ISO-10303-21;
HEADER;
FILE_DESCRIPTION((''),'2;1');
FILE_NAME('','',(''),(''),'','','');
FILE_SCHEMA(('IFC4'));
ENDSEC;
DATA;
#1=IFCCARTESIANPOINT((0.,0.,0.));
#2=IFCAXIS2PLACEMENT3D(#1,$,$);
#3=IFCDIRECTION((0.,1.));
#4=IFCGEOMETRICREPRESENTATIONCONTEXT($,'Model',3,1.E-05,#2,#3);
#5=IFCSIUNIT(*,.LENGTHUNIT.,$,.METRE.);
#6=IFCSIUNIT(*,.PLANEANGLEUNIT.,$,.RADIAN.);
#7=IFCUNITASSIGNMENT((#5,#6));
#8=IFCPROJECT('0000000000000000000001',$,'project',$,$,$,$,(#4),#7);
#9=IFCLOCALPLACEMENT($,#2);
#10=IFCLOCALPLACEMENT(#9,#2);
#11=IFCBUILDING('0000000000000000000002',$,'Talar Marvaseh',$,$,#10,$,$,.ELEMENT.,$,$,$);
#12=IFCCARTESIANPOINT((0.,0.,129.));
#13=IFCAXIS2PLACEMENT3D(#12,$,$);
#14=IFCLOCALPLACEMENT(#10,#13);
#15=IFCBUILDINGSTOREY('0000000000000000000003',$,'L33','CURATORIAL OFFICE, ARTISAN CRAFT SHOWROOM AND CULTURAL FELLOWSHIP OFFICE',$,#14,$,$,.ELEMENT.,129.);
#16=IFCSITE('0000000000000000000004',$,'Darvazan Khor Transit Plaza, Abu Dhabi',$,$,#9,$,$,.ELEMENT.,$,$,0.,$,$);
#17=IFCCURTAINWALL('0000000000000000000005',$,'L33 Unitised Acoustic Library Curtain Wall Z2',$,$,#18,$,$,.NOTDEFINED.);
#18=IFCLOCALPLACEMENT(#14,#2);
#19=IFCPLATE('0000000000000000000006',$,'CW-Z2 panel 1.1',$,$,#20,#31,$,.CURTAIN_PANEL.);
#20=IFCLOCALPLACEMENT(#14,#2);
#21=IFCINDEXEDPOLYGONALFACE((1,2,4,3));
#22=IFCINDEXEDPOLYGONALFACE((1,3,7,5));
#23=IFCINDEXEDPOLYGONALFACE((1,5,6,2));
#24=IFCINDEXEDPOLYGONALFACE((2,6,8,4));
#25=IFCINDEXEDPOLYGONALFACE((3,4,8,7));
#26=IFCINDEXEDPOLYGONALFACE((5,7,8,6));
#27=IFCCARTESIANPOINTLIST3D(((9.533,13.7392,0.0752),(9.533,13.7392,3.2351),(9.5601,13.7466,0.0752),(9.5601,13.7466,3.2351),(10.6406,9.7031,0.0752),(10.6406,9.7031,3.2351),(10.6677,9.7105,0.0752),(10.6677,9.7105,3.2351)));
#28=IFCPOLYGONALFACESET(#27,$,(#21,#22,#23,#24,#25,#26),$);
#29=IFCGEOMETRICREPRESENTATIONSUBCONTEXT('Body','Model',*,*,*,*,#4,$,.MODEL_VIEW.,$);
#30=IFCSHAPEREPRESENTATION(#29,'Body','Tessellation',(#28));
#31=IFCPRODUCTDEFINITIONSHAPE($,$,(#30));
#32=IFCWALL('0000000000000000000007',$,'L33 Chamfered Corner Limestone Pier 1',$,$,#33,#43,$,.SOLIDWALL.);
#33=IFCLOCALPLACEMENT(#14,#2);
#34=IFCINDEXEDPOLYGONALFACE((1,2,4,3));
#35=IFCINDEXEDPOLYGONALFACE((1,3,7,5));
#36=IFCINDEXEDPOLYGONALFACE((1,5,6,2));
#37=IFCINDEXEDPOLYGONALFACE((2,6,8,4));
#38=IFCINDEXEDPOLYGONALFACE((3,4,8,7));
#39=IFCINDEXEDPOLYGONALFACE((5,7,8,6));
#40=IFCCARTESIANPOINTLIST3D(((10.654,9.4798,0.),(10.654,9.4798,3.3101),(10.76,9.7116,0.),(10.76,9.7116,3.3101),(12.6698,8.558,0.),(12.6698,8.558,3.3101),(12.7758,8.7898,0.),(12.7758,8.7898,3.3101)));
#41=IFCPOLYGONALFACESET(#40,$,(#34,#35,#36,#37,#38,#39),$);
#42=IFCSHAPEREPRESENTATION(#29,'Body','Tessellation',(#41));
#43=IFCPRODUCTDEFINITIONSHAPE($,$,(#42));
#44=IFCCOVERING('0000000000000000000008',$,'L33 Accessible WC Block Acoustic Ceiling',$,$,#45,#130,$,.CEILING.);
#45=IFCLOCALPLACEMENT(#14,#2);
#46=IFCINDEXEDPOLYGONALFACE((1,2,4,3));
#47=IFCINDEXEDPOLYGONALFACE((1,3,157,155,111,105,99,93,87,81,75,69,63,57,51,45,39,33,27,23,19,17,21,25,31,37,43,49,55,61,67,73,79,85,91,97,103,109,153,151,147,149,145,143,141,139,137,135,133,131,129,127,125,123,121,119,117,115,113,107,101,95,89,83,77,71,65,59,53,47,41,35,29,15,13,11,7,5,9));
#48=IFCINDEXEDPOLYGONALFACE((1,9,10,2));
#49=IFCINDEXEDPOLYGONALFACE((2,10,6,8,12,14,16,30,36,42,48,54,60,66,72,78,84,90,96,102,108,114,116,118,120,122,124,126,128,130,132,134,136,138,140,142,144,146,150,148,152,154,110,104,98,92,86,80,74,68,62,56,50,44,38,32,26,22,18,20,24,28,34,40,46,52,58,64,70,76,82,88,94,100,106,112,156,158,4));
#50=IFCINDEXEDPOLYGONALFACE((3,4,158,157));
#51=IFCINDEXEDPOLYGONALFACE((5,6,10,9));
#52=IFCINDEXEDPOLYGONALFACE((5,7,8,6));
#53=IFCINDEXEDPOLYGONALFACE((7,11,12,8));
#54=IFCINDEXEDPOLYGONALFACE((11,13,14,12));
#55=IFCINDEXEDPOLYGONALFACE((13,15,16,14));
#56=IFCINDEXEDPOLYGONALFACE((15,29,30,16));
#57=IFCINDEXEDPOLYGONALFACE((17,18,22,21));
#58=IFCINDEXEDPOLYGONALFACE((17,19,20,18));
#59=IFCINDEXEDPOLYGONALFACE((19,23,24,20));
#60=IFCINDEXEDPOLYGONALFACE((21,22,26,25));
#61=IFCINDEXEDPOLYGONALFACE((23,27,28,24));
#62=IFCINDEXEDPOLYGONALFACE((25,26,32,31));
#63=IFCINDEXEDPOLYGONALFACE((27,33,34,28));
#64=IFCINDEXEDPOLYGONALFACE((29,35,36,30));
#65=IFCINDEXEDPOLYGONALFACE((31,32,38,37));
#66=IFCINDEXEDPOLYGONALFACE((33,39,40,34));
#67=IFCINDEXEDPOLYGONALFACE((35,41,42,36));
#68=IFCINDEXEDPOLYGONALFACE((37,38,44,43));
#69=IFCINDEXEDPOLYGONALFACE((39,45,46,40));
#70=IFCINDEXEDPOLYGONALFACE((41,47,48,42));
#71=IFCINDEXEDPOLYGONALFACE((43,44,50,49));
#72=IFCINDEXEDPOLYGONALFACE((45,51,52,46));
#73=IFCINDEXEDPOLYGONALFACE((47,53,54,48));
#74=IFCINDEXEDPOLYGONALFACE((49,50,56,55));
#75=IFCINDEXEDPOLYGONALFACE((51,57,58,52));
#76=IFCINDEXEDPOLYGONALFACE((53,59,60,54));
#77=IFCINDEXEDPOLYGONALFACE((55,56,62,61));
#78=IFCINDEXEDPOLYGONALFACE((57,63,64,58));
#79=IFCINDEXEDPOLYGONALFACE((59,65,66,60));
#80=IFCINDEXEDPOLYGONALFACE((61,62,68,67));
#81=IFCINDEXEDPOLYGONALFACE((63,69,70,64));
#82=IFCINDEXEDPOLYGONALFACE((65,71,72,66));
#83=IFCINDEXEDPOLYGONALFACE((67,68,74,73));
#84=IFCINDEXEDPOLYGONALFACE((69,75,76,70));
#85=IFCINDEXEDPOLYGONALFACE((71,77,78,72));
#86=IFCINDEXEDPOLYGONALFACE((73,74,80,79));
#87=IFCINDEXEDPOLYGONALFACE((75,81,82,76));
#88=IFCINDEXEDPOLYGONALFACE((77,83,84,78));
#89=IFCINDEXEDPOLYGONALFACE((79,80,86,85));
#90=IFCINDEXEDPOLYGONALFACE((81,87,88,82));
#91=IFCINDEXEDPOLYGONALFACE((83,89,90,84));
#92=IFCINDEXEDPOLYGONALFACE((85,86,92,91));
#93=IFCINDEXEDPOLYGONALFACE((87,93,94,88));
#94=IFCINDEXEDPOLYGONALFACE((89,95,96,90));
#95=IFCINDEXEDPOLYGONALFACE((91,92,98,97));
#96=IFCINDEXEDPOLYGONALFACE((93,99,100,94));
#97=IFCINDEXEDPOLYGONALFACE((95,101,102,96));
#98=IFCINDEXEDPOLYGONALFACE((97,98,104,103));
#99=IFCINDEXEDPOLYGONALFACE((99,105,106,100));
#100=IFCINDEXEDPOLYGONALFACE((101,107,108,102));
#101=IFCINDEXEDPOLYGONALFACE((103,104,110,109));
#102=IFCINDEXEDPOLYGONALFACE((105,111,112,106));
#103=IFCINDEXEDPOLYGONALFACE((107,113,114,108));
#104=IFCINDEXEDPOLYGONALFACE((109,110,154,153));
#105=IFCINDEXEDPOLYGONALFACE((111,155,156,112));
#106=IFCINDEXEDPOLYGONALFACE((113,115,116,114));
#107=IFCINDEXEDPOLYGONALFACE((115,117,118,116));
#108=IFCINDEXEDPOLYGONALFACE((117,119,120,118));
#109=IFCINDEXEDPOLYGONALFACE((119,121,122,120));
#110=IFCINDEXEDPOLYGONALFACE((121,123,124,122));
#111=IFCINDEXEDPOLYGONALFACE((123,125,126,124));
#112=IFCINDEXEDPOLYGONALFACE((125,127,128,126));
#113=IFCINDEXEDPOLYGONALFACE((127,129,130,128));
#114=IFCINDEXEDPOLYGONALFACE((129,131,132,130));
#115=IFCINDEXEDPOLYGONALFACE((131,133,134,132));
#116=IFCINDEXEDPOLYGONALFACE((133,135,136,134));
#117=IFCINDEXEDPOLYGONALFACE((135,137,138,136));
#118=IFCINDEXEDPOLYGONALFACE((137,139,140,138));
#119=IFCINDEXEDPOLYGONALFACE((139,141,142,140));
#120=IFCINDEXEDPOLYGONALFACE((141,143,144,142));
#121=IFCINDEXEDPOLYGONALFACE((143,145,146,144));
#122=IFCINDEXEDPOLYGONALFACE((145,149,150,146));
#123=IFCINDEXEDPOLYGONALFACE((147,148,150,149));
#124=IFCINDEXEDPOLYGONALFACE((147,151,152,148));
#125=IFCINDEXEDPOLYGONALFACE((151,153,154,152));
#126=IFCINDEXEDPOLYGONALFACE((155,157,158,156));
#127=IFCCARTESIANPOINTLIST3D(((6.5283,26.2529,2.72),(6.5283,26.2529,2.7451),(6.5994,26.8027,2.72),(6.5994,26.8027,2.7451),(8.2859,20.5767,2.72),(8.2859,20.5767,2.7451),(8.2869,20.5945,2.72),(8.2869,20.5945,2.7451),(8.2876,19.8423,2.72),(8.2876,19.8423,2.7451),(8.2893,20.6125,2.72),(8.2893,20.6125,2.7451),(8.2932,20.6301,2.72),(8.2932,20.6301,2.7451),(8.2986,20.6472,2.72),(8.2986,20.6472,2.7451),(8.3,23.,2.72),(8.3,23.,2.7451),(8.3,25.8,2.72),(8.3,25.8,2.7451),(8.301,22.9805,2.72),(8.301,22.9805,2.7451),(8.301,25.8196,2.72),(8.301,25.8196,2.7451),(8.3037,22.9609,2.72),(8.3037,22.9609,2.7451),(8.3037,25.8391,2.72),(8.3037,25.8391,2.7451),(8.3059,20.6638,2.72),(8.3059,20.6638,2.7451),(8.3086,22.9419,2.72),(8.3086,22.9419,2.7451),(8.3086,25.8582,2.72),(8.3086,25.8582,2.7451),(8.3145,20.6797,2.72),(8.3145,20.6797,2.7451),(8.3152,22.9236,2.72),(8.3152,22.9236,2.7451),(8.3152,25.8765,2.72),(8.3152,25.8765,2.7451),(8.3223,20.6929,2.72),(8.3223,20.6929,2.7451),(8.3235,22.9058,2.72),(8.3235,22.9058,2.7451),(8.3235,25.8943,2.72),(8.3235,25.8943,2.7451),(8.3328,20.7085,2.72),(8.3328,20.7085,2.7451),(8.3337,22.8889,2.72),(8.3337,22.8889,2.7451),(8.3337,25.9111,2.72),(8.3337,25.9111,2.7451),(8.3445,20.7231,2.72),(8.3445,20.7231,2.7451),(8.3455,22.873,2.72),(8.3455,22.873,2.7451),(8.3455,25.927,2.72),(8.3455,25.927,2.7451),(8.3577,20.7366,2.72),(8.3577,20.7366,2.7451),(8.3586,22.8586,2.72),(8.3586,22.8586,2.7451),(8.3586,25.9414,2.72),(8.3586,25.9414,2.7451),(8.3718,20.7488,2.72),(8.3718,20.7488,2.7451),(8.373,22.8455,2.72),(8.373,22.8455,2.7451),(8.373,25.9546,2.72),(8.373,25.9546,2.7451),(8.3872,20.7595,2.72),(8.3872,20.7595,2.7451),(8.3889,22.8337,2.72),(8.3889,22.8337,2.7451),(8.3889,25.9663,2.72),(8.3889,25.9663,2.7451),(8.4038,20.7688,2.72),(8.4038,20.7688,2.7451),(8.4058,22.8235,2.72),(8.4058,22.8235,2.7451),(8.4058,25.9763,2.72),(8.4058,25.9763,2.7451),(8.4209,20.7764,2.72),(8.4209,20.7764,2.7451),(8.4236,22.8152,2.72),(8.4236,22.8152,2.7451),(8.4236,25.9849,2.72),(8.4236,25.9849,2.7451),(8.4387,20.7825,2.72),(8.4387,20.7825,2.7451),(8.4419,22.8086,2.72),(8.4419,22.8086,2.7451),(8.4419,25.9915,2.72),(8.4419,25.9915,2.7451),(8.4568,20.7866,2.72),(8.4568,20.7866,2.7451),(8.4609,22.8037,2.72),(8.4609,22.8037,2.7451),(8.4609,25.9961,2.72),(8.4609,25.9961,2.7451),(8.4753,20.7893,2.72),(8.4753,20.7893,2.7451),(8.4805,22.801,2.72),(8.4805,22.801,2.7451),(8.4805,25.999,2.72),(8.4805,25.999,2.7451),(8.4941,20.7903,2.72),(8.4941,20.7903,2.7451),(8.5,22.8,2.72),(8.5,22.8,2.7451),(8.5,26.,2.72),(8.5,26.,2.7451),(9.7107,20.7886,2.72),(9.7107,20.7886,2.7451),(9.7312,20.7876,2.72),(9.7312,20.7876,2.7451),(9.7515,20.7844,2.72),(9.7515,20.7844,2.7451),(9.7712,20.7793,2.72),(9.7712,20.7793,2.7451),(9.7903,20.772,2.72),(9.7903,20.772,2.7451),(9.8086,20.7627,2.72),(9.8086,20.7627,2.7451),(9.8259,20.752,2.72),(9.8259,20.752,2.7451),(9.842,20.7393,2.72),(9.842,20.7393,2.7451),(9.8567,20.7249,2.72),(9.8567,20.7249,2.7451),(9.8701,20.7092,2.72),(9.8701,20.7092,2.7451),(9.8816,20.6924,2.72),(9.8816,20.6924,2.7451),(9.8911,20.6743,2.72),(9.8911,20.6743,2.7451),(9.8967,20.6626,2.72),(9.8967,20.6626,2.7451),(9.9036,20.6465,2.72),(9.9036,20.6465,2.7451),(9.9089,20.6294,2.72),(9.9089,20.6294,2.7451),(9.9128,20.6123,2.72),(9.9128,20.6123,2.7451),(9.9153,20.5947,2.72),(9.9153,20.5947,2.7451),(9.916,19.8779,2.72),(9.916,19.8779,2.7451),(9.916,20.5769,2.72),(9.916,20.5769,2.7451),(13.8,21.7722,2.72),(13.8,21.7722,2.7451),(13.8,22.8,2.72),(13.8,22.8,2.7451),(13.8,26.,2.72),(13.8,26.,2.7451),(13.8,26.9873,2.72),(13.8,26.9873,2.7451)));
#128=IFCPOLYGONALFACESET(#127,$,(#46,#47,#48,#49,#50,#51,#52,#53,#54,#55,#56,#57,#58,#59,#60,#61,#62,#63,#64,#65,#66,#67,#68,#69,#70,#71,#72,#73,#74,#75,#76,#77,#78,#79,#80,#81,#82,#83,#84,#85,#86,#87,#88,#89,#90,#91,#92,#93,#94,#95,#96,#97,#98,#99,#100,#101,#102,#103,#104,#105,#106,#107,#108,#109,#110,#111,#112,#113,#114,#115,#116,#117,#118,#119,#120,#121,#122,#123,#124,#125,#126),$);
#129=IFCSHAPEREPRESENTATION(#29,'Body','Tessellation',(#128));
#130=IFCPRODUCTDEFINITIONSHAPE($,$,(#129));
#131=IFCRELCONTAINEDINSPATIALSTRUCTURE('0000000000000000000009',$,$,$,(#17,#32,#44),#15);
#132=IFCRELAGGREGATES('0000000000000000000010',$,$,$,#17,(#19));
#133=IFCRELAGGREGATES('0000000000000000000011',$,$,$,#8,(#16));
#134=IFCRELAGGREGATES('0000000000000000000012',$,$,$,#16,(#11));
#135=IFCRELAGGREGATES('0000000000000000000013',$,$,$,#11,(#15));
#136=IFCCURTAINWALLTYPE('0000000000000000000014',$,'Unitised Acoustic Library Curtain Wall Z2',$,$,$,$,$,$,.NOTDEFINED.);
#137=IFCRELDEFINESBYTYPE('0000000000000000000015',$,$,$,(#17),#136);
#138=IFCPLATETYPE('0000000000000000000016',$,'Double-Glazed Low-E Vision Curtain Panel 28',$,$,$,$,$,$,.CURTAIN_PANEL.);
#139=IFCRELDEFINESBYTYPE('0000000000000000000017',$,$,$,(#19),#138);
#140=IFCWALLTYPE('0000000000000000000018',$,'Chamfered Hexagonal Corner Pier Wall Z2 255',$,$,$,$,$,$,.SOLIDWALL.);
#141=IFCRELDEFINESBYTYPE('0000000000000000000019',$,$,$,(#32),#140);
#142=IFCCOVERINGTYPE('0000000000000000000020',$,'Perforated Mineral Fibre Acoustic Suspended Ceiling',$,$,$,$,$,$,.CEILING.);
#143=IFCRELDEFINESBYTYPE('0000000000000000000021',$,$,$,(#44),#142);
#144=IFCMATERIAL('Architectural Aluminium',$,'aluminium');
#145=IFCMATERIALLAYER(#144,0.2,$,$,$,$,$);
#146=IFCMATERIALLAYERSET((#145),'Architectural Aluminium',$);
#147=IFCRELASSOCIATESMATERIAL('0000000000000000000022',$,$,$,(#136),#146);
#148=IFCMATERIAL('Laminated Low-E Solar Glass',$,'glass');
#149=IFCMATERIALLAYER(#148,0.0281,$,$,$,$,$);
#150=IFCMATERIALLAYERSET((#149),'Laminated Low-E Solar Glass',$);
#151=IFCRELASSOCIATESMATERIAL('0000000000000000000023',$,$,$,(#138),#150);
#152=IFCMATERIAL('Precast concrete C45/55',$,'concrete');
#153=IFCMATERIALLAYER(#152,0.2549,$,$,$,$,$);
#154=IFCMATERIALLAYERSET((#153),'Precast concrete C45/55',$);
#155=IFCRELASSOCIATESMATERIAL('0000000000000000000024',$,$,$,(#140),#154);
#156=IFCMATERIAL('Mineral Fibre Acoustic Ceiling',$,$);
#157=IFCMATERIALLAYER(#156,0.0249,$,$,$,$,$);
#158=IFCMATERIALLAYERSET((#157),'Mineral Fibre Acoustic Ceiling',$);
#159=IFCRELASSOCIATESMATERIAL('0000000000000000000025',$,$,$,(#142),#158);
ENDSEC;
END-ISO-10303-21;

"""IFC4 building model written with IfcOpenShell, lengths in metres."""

from ifc_helpers import new_model, si_unit, direction, frame, frame_2d, origin, origin_2d, place, context, subcontext, project, spatial, polyline, rectangle, outline, extrude, source, transform, mapped, material, layer, layer_set, type_object, type_shapes, element, aggregate, save


model = new_model("IFC4")

# Units and contexts
model_context = context("Model", 3, precision=1e-05, world=origin(), true_north=direction((0.0, 1.0)))
body_context = subcontext(model_context, "Body", "Model", "MODEL_VIEW")
ifc_project = project(units=[si_unit("LENGTHUNIT", "METRE"), si_unit("PLANEANGLEUNIT", "RADIAN")], contexts=[model_context])

# Site, building, storey
site_placement = place(None, origin())
site = spatial("IfcSite", under=ifc_project, at=site_placement, Name="Darvazan Khor Transit Plaza, Abu Dhabi", CompositionType="ELEMENT", RefElevation=0.0)
building_placement = place(site_placement, origin())
building = spatial("IfcBuilding", under=site, at=building_placement, Name="Talar Marvaseh", CompositionType="ELEMENT")
storey_placement = place(building_placement, frame((0.0, 0.0, 129.0)))
storey = spatial("IfcBuildingStorey", under=building, at=storey_placement, Name="L33", Description="CURATORIAL OFFICE, ARTISAN CRAFT SHOWROOM AND CULTURAL FELLOWSHIP OFFICE", CompositionType="ELEMENT", Elevation=129.0)

# Curtain wall
ifc_material_1 = material(Name="Architectural Aluminium", Category="aluminium")
ifc_layer_1 = layer(ifc_material_1, 0.2)
ifc_layer_set_1 = layer_set([ifc_layer_1], Name="Architectural Aluminium")
curtain_wall_type = type_object("IfcCurtainWallType", Name="Unitised Acoustic Library Curtain Wall Z2", PredefinedType="NOTDEFINED", material=ifc_layer_set_1)
curtain_wall_1_placement = place(storey_placement, origin())
curtain_wall_1 = element("IfcCurtainWall", 1, at=curtain_wall_1_placement, inside=storey, type_object=curtain_wall_type, Name="L33 Unitised Acoustic Library Curtain Wall Z2", PredefinedType="NOTDEFINED")

# Plate
ifc_material_2 = material(Name="Laminated Low-E Solar Glass", Category="glass")
ifc_layer_2 = layer(ifc_material_2, 0.0281)
ifc_layer_set_2 = layer_set([ifc_layer_2], Name="Laminated Low-E Solar Glass")
plate_type = type_object("IfcPlateType", Name="Double-Glazed Low-E Vision Curtain Panel 28", PredefinedType="CURTAIN_PANEL", material=ifc_layer_set_2)
shared_shape_1 = source(origin(), body_context, "Body", "SweptSolid", [
    extrude(rectangle(XDim=4.1853, YDim=0.0281, at=origin_2d()), origin(), (0.0, 0.0, 1.0), 3.1599),
])
type_shapes(plate_type, [shared_shape_1])
plate_placement = place(storey_placement, frame((10.1003, 11.7249, 0.0752), z_axis=(0.0, 0.0, 1.0), x_axis=(-0.264647, 0.964345, 0.0)))
plate = element("IfcPlate", 2, at=plate_placement, type_object=plate_type, Name="CW-Z2 panel 1.1", PredefinedType="CURTAIN_PANEL", context=body_context, shape_type="MappedRepresentation", body=[
    mapped(shared_shape_1, transform((0.0, 0.0, 0.0), x_axis=(1.0, 0.0, 0.0), y_axis=(0.0, 1.0, 0.0), z_axis=(0.0, 0.0, 1.0), scale=1.0)),
])
aggregate(curtain_wall_1, [plate])

# Wall
ifc_material_3 = material(Name="Precast concrete C45/55", Category="concrete")
ifc_layer_3 = layer(ifc_material_3, 0.2549)
ifc_layer_set_3 = layer_set([ifc_layer_3], Name="Precast concrete C45/55")
wall_type = type_object("IfcWallType", Name="Chamfered Hexagonal Corner Pier Wall Z2 255", PredefinedType="SOLIDWALL", material=ifc_layer_set_3)
wall_placement = place(storey_placement, frame((12.7229, 8.6738, 0.0), z_axis=(0.0, 0.0, 1.0), x_axis=(-0.909417, 0.415885, 0.0)))
element("IfcWall", 3, at=wall_placement, inside=storey, type_object=wall_type, Name="L33 Chamfered Corner Limestone Pier 1", PredefinedType="SOLIDWALL", context=body_context, shape_type="SweptSolid", body=[
    extrude(rectangle(XDim=2.2166, YDim=0.2549, at=frame_2d((1.1084, 0.0))), origin(), (0.0, 0.0, 1.0), 3.3101),
])

# Covering
ifc_material_4 = material(Name="Mineral Fibre Acoustic Ceiling")
ifc_layer_4 = layer(ifc_material_4, 0.0249)
ifc_layer_set_4 = layer_set([ifc_layer_4], Name="Mineral Fibre Acoustic Ceiling")
covering_type_1 = type_object("IfcCoveringType", Name="Perforated Mineral Fibre Acoustic Suspended Ceiling", PredefinedType="CEILING", material=ifc_layer_set_4)
covering_1_placement = place(storey_placement, frame((0.0, 0.0, 2.72)))
element("IfcCovering", 4, at=covering_1_placement, inside=storey, type_object=covering_type_1, Name="L33 Accessible WC Block Acoustic Ceiling", PredefinedType="CEILING", context=body_context, shape_type="SweptSolid", body=[
    extrude(outline(polyline([(13.8, 26.0), (8.5, 26.0), (8.4805, 25.999), (8.4609, 25.9961), (8.4419, 25.9915), (8.4236, 25.9849), (8.4058, 25.9763), (8.3889, 25.9663), (8.373, 25.9546), (8.3586, 25.9414), (8.3455, 25.927), (8.3337, 25.9111), (8.3235, 25.8943), (8.3152, 25.8765), (8.3086, 25.8582), (8.3037, 25.8391), (8.301, 25.8196), (8.3, 25.8), (8.3, 23.0), (8.301, 22.9805), (8.3037, 22.9609), (8.3086, 22.9419), (8.3152, 22.9236), (8.3235, 22.9058), (8.3337, 22.8889), (8.3455, 22.873), (8.3586, 22.8586), (8.373, 22.8455), (8.3889, 22.8337), (8.4058, 22.8235), (8.4236, 22.8152), (8.4419, 22.8086), (8.4609, 22.8037), (8.4805, 22.801), (8.5, 22.8), (13.8, 22.8), (13.8, 21.7722), (9.916, 19.8779), (9.916, 20.5769), (9.9153, 20.5947), (9.9128, 20.6123), (9.9089, 20.6294), (9.9036, 20.6465), (9.8967, 20.6626), (9.8911, 20.6743), (9.8816, 20.6924), (9.8701, 20.7092), (9.8567, 20.7249), (9.842, 20.7393), (9.8259, 20.752), (9.8086, 20.7627), (9.7903, 20.772), (9.7712, 20.7793), (9.7515, 20.7844), (9.7312, 20.7876), (9.7107, 20.7886), (8.4941, 20.7903), (8.4753, 20.7893), (8.4568, 20.7866), (8.4387, 20.7825), (8.4209, 20.7764), (8.4038, 20.7688), (8.3872, 20.7595), (8.3718, 20.7488), (8.3577, 20.7366), (8.3445, 20.7231), (8.3328, 20.7085), (8.3223, 20.6929), (8.3145, 20.6797), (8.3059, 20.6638), (8.2986, 20.6472), (8.2932, 20.6301), (8.2893, 20.6125), (8.2869, 20.5945), (8.2859, 20.5767), (8.2876, 19.8423), (6.5283, 26.2529), (6.5994, 26.8027), (13.8, 26.9873), (13.8, 26.0)])), origin(), (0.0, 0.0, 1.0), 0.0251),
])

save(model, "model.ifc")
